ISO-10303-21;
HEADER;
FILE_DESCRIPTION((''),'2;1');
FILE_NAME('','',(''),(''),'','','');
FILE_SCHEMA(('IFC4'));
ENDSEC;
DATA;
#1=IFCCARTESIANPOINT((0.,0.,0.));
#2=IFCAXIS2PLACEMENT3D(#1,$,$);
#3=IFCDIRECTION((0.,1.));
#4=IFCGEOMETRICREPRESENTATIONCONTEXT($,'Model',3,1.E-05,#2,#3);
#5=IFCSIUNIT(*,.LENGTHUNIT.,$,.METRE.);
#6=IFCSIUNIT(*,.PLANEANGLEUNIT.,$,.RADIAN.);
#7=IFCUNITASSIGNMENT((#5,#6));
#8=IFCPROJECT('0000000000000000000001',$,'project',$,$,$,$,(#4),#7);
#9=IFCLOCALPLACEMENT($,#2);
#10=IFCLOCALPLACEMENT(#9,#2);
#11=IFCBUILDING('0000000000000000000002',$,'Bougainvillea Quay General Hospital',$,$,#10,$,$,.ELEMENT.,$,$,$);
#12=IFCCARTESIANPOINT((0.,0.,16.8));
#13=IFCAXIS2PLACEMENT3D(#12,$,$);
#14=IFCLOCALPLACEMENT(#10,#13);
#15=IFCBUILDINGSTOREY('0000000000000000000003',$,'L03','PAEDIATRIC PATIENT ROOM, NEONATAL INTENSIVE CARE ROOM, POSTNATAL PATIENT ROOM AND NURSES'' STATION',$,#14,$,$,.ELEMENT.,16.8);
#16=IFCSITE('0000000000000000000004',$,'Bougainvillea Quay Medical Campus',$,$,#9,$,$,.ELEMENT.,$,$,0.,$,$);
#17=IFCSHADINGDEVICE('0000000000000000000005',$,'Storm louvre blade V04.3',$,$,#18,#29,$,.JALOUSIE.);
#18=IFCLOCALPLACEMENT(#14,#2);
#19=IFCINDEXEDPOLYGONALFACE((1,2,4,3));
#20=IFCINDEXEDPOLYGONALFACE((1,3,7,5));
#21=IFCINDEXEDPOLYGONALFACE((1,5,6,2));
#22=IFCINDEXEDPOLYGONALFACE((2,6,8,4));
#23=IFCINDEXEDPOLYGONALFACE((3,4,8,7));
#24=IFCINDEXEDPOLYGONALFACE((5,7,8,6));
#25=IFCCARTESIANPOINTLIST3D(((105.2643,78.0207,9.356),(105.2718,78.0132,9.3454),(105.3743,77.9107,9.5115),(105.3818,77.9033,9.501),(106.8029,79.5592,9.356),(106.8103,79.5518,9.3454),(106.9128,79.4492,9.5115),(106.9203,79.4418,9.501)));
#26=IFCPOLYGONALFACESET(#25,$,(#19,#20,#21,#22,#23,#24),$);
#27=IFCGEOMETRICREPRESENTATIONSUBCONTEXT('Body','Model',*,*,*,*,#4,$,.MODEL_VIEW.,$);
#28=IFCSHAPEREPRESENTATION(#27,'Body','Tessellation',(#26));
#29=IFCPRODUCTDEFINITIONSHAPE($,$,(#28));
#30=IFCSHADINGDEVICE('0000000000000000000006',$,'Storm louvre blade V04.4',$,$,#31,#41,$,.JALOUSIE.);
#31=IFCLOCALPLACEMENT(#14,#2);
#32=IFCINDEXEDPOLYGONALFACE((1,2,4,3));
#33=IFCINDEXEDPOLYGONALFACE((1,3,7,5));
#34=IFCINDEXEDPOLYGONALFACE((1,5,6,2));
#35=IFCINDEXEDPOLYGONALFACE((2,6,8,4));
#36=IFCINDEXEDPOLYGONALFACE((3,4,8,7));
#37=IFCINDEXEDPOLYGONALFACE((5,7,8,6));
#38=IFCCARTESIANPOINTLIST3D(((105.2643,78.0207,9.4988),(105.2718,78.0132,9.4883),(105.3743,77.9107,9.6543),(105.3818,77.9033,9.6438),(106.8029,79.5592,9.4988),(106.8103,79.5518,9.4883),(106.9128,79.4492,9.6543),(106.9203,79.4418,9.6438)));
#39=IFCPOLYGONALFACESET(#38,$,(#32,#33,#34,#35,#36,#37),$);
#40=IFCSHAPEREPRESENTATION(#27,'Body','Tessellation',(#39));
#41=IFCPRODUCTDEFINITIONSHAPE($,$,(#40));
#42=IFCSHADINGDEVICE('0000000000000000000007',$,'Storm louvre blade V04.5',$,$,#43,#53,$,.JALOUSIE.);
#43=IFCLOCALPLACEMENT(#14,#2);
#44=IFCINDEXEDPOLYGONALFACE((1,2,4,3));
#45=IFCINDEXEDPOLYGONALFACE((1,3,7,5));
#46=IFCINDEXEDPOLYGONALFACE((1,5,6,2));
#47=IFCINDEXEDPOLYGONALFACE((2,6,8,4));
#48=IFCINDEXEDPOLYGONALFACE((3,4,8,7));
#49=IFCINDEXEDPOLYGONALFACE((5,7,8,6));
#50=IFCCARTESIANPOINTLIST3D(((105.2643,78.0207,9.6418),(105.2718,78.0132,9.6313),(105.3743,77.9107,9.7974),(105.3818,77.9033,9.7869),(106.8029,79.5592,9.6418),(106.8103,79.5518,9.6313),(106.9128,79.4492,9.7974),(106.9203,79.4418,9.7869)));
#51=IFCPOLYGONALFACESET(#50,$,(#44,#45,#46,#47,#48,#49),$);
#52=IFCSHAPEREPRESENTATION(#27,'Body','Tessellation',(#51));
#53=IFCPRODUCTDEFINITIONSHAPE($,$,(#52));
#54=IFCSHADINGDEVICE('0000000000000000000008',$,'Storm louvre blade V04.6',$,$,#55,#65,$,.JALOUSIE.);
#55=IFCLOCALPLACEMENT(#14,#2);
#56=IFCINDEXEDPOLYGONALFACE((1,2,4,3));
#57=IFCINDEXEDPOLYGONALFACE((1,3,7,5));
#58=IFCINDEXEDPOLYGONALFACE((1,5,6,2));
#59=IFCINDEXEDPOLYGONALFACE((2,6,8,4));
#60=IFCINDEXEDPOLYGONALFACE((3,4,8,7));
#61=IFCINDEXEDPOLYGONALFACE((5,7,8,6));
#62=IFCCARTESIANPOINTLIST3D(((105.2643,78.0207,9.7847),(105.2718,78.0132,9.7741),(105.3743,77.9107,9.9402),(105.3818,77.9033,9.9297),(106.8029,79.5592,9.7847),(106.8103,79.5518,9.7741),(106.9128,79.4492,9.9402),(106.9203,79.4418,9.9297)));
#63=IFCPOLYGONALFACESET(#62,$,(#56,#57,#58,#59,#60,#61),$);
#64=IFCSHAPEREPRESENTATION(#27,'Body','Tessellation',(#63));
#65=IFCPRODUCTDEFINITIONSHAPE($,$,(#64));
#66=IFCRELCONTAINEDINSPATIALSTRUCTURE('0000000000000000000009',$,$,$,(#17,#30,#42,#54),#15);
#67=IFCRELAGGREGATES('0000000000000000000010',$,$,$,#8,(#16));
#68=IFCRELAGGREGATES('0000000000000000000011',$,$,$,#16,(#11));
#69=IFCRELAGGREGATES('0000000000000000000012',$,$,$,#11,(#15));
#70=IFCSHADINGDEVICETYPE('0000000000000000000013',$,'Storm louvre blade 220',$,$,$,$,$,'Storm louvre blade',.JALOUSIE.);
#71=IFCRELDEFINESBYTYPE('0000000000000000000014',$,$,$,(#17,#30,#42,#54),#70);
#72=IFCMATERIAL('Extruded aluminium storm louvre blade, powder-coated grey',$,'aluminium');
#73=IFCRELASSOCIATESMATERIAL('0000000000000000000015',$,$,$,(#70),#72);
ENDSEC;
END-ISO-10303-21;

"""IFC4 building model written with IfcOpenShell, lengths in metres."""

from ifc_helpers import new_model, si_unit, direction, frame, origin, origin_2d, place, context, subcontext, project, spatial, rectangle, extrude, material, material_profile, profile_set, type_object, element, save


model = new_model("IFC4")

# Units and contexts
model_context = context("Model", 3, precision=1e-05, world=origin(), true_north=direction((0.0, 1.0)))
body_context = subcontext(model_context, "Body", "Model", "MODEL_VIEW")
ifc_project = project(units=[si_unit("LENGTHUNIT", "METRE"), si_unit("PLANEANGLEUNIT", "RADIAN")], contexts=[model_context])

# Site, building, storey
site_placement = place(None, origin())
site = spatial("IfcSite", under=ifc_project, at=site_placement, Name="Bougainvillea Quay Medical Campus", CompositionType="ELEMENT", RefElevation=0.0)
building_placement = place(site_placement, origin())
building = spatial("IfcBuilding", under=site, at=building_placement, Name="Bougainvillea Quay General Hospital", CompositionType="ELEMENT")
storey_placement = place(building_placement, frame((0.0, 0.0, 16.8)))
storey = spatial("IfcBuildingStorey", under=building, at=storey_placement, Name="L03", Description="PAEDIATRIC PATIENT ROOM, NEONATAL INTENSIVE CARE ROOM, POSTNATAL PATIENT ROOM AND NURSES' STATION", CompositionType="ELEMENT", Elevation=16.8)

# Shading devices
ifc_material_1 = material(Name="Extruded aluminium storm louvre blade, powder-coated grey", Category="aluminium")
ifc_material_profile_1 = material_profile(ifc_material_1, rectangle(XDim=0.22, YDim=0.0149, at=origin_2d()))
ifc_profile_set_1 = profile_set([ifc_material_profile_1], Name="Extruded aluminium storm louvre blade, powder-coated grey")
shading_device_type_1 = type_object("IfcShadingDeviceType", Name="Storm louvre blade 220", ElementType="Storm louvre blade", PredefinedType="JALOUSIE", material=ifc_profile_set_1)
for number, where, z_axis, x_axis, name in (
    (1, (106.8616, 79.5005, 9.4285), (-0.707107, -0.707107, 0.0), (0.5, -0.5, 0.707107), "Storm louvre blade V04.3"),
    (2, (106.8616, 79.5005, 9.5713), (-0.707107, -0.707107, 0.0), (0.5, -0.5, 0.707107), "Storm louvre blade V04.4"),
    (3, (106.8616, 79.5005, 9.7144), (-0.707107, -0.707107, 0.0), (0.5, -0.5, 0.707107), "Storm louvre blade V04.5"),
    (4, (106.8616, 79.5005, 9.8572), (-0.707107, -0.707107, 0.0), (0.5, -0.5, 0.707107), "Storm louvre blade V04.6"),
):
    element("IfcShadingDevice", number, at=place(storey_placement, frame(where, z_axis=z_axis, x_axis=x_axis)), inside=storey, type_object=shading_device_type_1, Name=name, PredefinedType="JALOUSIE", context=body_context, shape_type="SweptSolid", body=[
        extrude(rectangle(XDim=0.22, YDim=0.0149, at=origin_2d()), origin(), (0.0, 0.0, 1.0), 2.1758),
    ])

save(model, "model.ifc")
